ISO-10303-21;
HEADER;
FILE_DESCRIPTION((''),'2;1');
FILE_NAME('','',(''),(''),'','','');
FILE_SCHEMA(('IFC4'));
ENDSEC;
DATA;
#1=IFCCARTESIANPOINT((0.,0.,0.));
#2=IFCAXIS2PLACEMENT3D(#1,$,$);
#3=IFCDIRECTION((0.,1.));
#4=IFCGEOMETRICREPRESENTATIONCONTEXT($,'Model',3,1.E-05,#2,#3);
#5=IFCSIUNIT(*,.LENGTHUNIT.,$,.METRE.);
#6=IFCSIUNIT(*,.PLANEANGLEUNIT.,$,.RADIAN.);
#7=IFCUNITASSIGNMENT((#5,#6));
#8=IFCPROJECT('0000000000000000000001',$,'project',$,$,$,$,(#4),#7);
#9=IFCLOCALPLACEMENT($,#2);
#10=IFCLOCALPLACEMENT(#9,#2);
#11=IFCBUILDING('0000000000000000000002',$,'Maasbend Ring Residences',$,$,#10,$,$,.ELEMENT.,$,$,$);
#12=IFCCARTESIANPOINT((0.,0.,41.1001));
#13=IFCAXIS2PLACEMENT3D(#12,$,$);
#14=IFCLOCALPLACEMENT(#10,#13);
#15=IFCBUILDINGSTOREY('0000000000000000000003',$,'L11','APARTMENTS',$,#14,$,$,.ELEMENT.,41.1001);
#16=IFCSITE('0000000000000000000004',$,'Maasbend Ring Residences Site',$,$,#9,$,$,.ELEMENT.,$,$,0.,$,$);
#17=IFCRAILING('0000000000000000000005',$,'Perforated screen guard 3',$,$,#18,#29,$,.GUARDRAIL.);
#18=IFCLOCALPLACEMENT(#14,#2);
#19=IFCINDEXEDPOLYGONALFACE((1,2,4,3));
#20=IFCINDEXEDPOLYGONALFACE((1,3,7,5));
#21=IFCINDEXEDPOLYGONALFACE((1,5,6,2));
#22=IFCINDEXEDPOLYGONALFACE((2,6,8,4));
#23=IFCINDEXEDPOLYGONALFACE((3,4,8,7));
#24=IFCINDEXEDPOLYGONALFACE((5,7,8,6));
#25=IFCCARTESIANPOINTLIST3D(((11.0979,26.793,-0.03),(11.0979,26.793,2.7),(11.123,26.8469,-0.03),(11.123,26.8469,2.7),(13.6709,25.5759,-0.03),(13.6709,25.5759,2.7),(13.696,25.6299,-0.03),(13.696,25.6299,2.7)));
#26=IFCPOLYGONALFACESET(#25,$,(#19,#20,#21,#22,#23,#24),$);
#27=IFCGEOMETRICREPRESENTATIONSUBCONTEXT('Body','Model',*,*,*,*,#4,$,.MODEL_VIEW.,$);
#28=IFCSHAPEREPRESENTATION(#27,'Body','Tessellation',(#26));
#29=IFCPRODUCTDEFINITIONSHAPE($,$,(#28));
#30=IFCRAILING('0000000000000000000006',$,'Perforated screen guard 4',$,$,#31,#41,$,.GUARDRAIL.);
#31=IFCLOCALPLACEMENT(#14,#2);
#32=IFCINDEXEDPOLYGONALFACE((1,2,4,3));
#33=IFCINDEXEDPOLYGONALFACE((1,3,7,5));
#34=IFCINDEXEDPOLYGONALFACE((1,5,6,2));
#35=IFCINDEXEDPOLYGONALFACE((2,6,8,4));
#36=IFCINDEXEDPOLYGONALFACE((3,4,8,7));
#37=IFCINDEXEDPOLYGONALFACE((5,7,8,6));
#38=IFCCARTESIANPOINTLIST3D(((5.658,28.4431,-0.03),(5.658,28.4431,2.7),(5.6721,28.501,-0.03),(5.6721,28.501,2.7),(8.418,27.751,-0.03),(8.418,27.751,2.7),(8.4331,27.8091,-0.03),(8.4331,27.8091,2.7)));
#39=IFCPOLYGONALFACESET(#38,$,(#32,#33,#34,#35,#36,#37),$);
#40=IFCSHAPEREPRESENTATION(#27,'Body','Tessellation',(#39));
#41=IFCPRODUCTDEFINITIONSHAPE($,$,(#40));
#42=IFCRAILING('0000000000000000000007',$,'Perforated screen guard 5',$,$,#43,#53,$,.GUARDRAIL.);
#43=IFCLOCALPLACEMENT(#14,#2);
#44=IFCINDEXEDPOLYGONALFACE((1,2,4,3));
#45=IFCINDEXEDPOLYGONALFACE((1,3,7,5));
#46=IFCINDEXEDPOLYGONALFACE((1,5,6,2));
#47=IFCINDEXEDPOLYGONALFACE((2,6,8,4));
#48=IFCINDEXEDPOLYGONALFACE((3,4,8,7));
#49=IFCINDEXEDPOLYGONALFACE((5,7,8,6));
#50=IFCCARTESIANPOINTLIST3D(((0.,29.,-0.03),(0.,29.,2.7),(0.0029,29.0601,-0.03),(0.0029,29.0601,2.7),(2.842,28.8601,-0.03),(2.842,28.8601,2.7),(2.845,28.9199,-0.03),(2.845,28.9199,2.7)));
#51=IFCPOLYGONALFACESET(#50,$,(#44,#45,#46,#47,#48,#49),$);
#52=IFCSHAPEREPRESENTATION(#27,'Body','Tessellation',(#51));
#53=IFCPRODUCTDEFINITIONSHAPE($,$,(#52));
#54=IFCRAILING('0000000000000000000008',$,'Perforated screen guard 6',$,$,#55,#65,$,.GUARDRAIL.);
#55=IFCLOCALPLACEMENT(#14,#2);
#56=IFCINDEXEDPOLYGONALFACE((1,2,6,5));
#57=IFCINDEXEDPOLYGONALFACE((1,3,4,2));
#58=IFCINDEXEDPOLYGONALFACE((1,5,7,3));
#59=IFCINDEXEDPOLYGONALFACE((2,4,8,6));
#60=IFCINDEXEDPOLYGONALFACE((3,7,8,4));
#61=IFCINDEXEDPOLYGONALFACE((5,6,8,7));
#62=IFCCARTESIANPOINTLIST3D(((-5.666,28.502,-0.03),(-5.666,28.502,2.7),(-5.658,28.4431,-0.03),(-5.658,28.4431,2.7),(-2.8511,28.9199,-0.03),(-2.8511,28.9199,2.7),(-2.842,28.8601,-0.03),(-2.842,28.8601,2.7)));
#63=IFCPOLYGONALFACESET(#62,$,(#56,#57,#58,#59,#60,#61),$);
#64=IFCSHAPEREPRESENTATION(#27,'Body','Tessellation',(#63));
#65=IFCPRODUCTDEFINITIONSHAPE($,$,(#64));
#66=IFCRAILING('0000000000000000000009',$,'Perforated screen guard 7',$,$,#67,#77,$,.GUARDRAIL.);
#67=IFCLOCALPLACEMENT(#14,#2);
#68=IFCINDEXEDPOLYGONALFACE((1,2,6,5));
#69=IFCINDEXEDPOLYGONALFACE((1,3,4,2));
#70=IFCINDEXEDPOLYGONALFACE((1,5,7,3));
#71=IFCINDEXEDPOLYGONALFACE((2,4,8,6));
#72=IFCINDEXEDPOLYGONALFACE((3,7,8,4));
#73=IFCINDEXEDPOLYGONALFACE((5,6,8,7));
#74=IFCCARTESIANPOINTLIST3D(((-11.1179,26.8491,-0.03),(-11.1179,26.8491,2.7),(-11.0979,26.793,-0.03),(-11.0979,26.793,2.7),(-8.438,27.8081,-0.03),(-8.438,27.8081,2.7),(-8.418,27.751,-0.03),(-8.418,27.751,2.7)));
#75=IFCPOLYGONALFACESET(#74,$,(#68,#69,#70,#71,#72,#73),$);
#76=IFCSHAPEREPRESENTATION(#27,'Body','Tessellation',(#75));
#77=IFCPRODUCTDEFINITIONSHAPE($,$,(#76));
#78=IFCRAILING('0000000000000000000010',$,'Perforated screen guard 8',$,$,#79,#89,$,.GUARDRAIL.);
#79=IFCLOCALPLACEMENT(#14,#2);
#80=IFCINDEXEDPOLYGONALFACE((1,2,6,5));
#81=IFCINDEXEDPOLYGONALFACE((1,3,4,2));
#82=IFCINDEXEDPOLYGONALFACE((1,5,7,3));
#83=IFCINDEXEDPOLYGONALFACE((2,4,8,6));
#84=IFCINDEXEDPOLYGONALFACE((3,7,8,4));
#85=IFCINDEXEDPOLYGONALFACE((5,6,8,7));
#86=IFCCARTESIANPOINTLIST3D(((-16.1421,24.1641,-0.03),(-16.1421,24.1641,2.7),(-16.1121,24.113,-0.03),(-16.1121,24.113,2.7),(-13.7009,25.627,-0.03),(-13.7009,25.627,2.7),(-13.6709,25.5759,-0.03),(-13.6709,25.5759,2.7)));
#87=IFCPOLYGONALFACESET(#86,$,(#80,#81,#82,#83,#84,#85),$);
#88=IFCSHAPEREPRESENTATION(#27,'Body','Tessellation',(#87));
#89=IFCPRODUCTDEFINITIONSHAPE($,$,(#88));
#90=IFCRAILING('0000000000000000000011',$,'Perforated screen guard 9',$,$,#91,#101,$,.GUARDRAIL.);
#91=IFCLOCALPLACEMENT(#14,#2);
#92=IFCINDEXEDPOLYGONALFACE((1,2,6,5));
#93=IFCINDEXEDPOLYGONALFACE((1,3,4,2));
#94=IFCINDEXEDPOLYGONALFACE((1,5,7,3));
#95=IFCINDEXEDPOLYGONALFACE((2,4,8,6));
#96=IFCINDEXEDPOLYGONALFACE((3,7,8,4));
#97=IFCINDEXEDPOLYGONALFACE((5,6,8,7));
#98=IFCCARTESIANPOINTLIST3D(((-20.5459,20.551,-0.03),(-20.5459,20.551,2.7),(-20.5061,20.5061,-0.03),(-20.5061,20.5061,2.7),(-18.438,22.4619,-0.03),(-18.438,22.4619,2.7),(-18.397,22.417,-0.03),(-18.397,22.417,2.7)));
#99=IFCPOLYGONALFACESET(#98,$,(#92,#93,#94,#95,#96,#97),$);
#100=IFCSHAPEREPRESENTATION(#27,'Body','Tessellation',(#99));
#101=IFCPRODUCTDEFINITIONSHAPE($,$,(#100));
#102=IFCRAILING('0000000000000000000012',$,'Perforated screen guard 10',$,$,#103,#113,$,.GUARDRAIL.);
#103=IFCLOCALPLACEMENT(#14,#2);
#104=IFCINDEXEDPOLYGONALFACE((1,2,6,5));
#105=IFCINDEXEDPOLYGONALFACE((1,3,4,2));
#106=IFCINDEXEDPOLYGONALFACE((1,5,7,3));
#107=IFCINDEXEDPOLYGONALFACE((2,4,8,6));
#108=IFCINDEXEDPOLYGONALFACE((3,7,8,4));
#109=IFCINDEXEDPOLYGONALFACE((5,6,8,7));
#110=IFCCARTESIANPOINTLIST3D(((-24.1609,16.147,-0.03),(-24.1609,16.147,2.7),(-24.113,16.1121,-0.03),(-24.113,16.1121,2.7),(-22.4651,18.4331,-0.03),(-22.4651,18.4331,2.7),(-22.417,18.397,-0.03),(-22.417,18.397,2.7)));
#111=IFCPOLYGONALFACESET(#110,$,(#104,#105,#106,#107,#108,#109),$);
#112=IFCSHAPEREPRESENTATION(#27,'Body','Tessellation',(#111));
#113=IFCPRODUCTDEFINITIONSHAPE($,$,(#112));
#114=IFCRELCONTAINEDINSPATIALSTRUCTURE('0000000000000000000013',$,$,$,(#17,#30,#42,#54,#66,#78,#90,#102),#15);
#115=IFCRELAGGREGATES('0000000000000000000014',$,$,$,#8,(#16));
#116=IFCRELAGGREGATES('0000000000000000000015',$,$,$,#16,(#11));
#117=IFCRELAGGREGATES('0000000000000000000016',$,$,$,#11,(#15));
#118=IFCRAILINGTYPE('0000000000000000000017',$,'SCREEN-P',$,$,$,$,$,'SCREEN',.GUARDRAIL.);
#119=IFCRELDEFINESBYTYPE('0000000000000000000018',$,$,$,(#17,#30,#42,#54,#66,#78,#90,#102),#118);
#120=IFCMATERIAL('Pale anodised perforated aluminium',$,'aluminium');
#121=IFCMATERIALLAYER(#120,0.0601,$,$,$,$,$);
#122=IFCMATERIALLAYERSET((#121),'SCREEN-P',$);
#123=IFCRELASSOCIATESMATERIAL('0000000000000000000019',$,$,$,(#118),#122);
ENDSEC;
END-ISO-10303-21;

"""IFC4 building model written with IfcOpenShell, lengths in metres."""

from ifc_helpers import new_model, si_unit, direction, frame, origin, place, context, subcontext, project, spatial, polyline, outline, extrude, material, layer, layer_set, type_object, element, save


model = new_model("IFC4")

# Units and contexts
model_context = context("Model", 3, precision=1e-05, world=origin(), true_north=direction((0.0, 1.0)))
body_context = subcontext(model_context, "Body", "Model", "MODEL_VIEW")
ifc_project = project(units=[si_unit("LENGTHUNIT", "METRE"), si_unit("PLANEANGLEUNIT", "RADIAN")], contexts=[model_context])

# Site, building, storey
site_placement = place(None, origin())
site = spatial("IfcSite", under=ifc_project, at=site_placement, Name="Maasbend Ring Residences Site", CompositionType="ELEMENT", RefElevation=0.0)
building_placement = place(site_placement, origin())
building = spatial("IfcBuilding", under=site, at=building_placement, Name="Maasbend Ring Residences", CompositionType="ELEMENT")
storey_placement = place(building_placement, frame((0.0, 0.0, 41.1001)))
storey = spatial("IfcBuildingStorey", under=building, at=storey_placement, Name="L11", Description="APARTMENTS", CompositionType="ELEMENT", Elevation=41.1001)

# Railings
ifc_material_1 = material(Name="Pale anodised perforated aluminium", Category="aluminium")
ifc_layer_1 = layer(ifc_material_1, 0.0601)
ifc_layer_set_1 = layer_set([ifc_layer_1], Name="SCREEN-P")
railing_type = type_object("IfcRailingType", Name="SCREEN-P", ElementType="SCREEN", PredefinedType="GUARDRAIL", material=ifc_layer_set_1)
railing_1_placement = place(storey_placement, frame((0.0, 0.0, -0.03)))
element("IfcRailing", 1, at=railing_1_placement, inside=storey, type_object=railing_type, Name="Perforated screen guard 3", PredefinedType="GUARDRAIL", context=body_context, shape_type="SweptSolid", body=[
    extrude(outline(polyline([(13.6709, 25.5759), (11.0979, 26.793), (11.123, 26.8469), (13.696, 25.6299), (13.6709, 25.5759)])), origin(), (0.0, 0.0, 1.0), 2.73),
])
railing_2_placement = place(storey_placement, frame((0.0, 0.0, -0.03)))
element("IfcRailing", 2, at=railing_2_placement, inside=storey, type_object=railing_type, Name="Perforated screen guard 4", PredefinedType="GUARDRAIL", context=body_context, shape_type="SweptSolid", body=[
    extrude(outline(polyline([(8.418, 27.751), (5.658, 28.4431), (5.6721, 28.501), (8.4331, 27.8091), (8.418, 27.751)])), origin(), (0.0, 0.0, 1.0), 2.73),
])
railing_3_placement = place(storey_placement, frame((0.0, 0.0, -0.03)))
element("IfcRailing", 3, at=railing_3_placement, inside=storey, type_object=railing_type, Name="Perforated screen guard 5", PredefinedType="GUARDRAIL", context=body_context, shape_type="SweptSolid", body=[
    extrude(outline(polyline([(2.842, 28.8601), (0.0, 29.0), (0.0029, 29.0601), (2.845, 28.9199), (2.842, 28.8601)])), origin(), (0.0, 0.0, 1.0), 2.73),
])
railing_4_placement = place(storey_placement, frame((0.0, 0.0, -0.03)))
element("IfcRailing", 4, at=railing_4_placement, inside=storey, type_object=railing_type, Name="Perforated screen guard 6", PredefinedType="GUARDRAIL", context=body_context, shape_type="SweptSolid", body=[
    extrude(outline(polyline([(-2.842, 28.8601), (-5.658, 28.4431), (-5.666, 28.502), (-2.8511, 28.9199), (-2.842, 28.8601)])), origin(), (0.0, 0.0, 1.0), 2.73),
])
railing_5_placement = place(storey_placement, frame((0.0, 0.0, -0.03)))
element("IfcRailing", 5, at=railing_5_placement, inside=storey, type_object=railing_type, Name="Perforated screen guard 7", PredefinedType="GUARDRAIL", context=body_context, shape_type="SweptSolid", body=[
    extrude(outline(polyline([(-8.418, 27.751), (-11.0979, 26.793), (-11.1179, 26.8491), (-8.438, 27.8081), (-8.418, 27.751)])), origin(), (0.0, 0.0, 1.0), 2.73),
])
railing_6_placement = place(storey_placement, frame((0.0, 0.0, -0.03)))
element("IfcRailing", 6, at=railing_6_placement, inside=storey, type_object=railing_type, Name="Perforated screen guard 8", PredefinedType="GUARDRAIL", context=body_context, shape_type="SweptSolid", body=[
    extrude(outline(polyline([(-13.6709, 25.5759), (-16.1121, 24.113), (-16.1421, 24.1641), (-13.7009, 25.627), (-13.6709, 25.5759)])), origin(), (0.0, 0.0, 1.0), 2.73),
])
railing_7_placement = place(storey_placement, frame((0.0, 0.0, -0.03)))
element("IfcRailing", 7, at=railing_7_placement, inside=storey, type_object=railing_type, Name="Perforated screen guard 9", PredefinedType="GUARDRAIL", context=body_context, shape_type="SweptSolid", body=[
    extrude(outline(polyline([(-18.397, 22.417), (-20.5061, 20.5061), (-20.5459, 20.551), (-18.438, 22.4619), (-18.397, 22.417)])), origin(), (0.0, 0.0, 1.0), 2.73),
])
railing_8_placement = place(storey_placement, frame((0.0, 0.0, -0.03)))
element("IfcRailing", 8, at=railing_8_placement, inside=storey, type_object=railing_type, Name="Perforated screen guard 10", PredefinedType="GUARDRAIL", context=body_context, shape_type="SweptSolid", body=[
    extrude(outline(polyline([(-22.417, 18.397), (-24.113, 16.1121), (-24.1609, 16.147), (-22.4651, 18.4331), (-22.417, 18.397)])), origin(), (0.0, 0.0, 1.0), 2.73),
])

save(model, "model.ifc")
